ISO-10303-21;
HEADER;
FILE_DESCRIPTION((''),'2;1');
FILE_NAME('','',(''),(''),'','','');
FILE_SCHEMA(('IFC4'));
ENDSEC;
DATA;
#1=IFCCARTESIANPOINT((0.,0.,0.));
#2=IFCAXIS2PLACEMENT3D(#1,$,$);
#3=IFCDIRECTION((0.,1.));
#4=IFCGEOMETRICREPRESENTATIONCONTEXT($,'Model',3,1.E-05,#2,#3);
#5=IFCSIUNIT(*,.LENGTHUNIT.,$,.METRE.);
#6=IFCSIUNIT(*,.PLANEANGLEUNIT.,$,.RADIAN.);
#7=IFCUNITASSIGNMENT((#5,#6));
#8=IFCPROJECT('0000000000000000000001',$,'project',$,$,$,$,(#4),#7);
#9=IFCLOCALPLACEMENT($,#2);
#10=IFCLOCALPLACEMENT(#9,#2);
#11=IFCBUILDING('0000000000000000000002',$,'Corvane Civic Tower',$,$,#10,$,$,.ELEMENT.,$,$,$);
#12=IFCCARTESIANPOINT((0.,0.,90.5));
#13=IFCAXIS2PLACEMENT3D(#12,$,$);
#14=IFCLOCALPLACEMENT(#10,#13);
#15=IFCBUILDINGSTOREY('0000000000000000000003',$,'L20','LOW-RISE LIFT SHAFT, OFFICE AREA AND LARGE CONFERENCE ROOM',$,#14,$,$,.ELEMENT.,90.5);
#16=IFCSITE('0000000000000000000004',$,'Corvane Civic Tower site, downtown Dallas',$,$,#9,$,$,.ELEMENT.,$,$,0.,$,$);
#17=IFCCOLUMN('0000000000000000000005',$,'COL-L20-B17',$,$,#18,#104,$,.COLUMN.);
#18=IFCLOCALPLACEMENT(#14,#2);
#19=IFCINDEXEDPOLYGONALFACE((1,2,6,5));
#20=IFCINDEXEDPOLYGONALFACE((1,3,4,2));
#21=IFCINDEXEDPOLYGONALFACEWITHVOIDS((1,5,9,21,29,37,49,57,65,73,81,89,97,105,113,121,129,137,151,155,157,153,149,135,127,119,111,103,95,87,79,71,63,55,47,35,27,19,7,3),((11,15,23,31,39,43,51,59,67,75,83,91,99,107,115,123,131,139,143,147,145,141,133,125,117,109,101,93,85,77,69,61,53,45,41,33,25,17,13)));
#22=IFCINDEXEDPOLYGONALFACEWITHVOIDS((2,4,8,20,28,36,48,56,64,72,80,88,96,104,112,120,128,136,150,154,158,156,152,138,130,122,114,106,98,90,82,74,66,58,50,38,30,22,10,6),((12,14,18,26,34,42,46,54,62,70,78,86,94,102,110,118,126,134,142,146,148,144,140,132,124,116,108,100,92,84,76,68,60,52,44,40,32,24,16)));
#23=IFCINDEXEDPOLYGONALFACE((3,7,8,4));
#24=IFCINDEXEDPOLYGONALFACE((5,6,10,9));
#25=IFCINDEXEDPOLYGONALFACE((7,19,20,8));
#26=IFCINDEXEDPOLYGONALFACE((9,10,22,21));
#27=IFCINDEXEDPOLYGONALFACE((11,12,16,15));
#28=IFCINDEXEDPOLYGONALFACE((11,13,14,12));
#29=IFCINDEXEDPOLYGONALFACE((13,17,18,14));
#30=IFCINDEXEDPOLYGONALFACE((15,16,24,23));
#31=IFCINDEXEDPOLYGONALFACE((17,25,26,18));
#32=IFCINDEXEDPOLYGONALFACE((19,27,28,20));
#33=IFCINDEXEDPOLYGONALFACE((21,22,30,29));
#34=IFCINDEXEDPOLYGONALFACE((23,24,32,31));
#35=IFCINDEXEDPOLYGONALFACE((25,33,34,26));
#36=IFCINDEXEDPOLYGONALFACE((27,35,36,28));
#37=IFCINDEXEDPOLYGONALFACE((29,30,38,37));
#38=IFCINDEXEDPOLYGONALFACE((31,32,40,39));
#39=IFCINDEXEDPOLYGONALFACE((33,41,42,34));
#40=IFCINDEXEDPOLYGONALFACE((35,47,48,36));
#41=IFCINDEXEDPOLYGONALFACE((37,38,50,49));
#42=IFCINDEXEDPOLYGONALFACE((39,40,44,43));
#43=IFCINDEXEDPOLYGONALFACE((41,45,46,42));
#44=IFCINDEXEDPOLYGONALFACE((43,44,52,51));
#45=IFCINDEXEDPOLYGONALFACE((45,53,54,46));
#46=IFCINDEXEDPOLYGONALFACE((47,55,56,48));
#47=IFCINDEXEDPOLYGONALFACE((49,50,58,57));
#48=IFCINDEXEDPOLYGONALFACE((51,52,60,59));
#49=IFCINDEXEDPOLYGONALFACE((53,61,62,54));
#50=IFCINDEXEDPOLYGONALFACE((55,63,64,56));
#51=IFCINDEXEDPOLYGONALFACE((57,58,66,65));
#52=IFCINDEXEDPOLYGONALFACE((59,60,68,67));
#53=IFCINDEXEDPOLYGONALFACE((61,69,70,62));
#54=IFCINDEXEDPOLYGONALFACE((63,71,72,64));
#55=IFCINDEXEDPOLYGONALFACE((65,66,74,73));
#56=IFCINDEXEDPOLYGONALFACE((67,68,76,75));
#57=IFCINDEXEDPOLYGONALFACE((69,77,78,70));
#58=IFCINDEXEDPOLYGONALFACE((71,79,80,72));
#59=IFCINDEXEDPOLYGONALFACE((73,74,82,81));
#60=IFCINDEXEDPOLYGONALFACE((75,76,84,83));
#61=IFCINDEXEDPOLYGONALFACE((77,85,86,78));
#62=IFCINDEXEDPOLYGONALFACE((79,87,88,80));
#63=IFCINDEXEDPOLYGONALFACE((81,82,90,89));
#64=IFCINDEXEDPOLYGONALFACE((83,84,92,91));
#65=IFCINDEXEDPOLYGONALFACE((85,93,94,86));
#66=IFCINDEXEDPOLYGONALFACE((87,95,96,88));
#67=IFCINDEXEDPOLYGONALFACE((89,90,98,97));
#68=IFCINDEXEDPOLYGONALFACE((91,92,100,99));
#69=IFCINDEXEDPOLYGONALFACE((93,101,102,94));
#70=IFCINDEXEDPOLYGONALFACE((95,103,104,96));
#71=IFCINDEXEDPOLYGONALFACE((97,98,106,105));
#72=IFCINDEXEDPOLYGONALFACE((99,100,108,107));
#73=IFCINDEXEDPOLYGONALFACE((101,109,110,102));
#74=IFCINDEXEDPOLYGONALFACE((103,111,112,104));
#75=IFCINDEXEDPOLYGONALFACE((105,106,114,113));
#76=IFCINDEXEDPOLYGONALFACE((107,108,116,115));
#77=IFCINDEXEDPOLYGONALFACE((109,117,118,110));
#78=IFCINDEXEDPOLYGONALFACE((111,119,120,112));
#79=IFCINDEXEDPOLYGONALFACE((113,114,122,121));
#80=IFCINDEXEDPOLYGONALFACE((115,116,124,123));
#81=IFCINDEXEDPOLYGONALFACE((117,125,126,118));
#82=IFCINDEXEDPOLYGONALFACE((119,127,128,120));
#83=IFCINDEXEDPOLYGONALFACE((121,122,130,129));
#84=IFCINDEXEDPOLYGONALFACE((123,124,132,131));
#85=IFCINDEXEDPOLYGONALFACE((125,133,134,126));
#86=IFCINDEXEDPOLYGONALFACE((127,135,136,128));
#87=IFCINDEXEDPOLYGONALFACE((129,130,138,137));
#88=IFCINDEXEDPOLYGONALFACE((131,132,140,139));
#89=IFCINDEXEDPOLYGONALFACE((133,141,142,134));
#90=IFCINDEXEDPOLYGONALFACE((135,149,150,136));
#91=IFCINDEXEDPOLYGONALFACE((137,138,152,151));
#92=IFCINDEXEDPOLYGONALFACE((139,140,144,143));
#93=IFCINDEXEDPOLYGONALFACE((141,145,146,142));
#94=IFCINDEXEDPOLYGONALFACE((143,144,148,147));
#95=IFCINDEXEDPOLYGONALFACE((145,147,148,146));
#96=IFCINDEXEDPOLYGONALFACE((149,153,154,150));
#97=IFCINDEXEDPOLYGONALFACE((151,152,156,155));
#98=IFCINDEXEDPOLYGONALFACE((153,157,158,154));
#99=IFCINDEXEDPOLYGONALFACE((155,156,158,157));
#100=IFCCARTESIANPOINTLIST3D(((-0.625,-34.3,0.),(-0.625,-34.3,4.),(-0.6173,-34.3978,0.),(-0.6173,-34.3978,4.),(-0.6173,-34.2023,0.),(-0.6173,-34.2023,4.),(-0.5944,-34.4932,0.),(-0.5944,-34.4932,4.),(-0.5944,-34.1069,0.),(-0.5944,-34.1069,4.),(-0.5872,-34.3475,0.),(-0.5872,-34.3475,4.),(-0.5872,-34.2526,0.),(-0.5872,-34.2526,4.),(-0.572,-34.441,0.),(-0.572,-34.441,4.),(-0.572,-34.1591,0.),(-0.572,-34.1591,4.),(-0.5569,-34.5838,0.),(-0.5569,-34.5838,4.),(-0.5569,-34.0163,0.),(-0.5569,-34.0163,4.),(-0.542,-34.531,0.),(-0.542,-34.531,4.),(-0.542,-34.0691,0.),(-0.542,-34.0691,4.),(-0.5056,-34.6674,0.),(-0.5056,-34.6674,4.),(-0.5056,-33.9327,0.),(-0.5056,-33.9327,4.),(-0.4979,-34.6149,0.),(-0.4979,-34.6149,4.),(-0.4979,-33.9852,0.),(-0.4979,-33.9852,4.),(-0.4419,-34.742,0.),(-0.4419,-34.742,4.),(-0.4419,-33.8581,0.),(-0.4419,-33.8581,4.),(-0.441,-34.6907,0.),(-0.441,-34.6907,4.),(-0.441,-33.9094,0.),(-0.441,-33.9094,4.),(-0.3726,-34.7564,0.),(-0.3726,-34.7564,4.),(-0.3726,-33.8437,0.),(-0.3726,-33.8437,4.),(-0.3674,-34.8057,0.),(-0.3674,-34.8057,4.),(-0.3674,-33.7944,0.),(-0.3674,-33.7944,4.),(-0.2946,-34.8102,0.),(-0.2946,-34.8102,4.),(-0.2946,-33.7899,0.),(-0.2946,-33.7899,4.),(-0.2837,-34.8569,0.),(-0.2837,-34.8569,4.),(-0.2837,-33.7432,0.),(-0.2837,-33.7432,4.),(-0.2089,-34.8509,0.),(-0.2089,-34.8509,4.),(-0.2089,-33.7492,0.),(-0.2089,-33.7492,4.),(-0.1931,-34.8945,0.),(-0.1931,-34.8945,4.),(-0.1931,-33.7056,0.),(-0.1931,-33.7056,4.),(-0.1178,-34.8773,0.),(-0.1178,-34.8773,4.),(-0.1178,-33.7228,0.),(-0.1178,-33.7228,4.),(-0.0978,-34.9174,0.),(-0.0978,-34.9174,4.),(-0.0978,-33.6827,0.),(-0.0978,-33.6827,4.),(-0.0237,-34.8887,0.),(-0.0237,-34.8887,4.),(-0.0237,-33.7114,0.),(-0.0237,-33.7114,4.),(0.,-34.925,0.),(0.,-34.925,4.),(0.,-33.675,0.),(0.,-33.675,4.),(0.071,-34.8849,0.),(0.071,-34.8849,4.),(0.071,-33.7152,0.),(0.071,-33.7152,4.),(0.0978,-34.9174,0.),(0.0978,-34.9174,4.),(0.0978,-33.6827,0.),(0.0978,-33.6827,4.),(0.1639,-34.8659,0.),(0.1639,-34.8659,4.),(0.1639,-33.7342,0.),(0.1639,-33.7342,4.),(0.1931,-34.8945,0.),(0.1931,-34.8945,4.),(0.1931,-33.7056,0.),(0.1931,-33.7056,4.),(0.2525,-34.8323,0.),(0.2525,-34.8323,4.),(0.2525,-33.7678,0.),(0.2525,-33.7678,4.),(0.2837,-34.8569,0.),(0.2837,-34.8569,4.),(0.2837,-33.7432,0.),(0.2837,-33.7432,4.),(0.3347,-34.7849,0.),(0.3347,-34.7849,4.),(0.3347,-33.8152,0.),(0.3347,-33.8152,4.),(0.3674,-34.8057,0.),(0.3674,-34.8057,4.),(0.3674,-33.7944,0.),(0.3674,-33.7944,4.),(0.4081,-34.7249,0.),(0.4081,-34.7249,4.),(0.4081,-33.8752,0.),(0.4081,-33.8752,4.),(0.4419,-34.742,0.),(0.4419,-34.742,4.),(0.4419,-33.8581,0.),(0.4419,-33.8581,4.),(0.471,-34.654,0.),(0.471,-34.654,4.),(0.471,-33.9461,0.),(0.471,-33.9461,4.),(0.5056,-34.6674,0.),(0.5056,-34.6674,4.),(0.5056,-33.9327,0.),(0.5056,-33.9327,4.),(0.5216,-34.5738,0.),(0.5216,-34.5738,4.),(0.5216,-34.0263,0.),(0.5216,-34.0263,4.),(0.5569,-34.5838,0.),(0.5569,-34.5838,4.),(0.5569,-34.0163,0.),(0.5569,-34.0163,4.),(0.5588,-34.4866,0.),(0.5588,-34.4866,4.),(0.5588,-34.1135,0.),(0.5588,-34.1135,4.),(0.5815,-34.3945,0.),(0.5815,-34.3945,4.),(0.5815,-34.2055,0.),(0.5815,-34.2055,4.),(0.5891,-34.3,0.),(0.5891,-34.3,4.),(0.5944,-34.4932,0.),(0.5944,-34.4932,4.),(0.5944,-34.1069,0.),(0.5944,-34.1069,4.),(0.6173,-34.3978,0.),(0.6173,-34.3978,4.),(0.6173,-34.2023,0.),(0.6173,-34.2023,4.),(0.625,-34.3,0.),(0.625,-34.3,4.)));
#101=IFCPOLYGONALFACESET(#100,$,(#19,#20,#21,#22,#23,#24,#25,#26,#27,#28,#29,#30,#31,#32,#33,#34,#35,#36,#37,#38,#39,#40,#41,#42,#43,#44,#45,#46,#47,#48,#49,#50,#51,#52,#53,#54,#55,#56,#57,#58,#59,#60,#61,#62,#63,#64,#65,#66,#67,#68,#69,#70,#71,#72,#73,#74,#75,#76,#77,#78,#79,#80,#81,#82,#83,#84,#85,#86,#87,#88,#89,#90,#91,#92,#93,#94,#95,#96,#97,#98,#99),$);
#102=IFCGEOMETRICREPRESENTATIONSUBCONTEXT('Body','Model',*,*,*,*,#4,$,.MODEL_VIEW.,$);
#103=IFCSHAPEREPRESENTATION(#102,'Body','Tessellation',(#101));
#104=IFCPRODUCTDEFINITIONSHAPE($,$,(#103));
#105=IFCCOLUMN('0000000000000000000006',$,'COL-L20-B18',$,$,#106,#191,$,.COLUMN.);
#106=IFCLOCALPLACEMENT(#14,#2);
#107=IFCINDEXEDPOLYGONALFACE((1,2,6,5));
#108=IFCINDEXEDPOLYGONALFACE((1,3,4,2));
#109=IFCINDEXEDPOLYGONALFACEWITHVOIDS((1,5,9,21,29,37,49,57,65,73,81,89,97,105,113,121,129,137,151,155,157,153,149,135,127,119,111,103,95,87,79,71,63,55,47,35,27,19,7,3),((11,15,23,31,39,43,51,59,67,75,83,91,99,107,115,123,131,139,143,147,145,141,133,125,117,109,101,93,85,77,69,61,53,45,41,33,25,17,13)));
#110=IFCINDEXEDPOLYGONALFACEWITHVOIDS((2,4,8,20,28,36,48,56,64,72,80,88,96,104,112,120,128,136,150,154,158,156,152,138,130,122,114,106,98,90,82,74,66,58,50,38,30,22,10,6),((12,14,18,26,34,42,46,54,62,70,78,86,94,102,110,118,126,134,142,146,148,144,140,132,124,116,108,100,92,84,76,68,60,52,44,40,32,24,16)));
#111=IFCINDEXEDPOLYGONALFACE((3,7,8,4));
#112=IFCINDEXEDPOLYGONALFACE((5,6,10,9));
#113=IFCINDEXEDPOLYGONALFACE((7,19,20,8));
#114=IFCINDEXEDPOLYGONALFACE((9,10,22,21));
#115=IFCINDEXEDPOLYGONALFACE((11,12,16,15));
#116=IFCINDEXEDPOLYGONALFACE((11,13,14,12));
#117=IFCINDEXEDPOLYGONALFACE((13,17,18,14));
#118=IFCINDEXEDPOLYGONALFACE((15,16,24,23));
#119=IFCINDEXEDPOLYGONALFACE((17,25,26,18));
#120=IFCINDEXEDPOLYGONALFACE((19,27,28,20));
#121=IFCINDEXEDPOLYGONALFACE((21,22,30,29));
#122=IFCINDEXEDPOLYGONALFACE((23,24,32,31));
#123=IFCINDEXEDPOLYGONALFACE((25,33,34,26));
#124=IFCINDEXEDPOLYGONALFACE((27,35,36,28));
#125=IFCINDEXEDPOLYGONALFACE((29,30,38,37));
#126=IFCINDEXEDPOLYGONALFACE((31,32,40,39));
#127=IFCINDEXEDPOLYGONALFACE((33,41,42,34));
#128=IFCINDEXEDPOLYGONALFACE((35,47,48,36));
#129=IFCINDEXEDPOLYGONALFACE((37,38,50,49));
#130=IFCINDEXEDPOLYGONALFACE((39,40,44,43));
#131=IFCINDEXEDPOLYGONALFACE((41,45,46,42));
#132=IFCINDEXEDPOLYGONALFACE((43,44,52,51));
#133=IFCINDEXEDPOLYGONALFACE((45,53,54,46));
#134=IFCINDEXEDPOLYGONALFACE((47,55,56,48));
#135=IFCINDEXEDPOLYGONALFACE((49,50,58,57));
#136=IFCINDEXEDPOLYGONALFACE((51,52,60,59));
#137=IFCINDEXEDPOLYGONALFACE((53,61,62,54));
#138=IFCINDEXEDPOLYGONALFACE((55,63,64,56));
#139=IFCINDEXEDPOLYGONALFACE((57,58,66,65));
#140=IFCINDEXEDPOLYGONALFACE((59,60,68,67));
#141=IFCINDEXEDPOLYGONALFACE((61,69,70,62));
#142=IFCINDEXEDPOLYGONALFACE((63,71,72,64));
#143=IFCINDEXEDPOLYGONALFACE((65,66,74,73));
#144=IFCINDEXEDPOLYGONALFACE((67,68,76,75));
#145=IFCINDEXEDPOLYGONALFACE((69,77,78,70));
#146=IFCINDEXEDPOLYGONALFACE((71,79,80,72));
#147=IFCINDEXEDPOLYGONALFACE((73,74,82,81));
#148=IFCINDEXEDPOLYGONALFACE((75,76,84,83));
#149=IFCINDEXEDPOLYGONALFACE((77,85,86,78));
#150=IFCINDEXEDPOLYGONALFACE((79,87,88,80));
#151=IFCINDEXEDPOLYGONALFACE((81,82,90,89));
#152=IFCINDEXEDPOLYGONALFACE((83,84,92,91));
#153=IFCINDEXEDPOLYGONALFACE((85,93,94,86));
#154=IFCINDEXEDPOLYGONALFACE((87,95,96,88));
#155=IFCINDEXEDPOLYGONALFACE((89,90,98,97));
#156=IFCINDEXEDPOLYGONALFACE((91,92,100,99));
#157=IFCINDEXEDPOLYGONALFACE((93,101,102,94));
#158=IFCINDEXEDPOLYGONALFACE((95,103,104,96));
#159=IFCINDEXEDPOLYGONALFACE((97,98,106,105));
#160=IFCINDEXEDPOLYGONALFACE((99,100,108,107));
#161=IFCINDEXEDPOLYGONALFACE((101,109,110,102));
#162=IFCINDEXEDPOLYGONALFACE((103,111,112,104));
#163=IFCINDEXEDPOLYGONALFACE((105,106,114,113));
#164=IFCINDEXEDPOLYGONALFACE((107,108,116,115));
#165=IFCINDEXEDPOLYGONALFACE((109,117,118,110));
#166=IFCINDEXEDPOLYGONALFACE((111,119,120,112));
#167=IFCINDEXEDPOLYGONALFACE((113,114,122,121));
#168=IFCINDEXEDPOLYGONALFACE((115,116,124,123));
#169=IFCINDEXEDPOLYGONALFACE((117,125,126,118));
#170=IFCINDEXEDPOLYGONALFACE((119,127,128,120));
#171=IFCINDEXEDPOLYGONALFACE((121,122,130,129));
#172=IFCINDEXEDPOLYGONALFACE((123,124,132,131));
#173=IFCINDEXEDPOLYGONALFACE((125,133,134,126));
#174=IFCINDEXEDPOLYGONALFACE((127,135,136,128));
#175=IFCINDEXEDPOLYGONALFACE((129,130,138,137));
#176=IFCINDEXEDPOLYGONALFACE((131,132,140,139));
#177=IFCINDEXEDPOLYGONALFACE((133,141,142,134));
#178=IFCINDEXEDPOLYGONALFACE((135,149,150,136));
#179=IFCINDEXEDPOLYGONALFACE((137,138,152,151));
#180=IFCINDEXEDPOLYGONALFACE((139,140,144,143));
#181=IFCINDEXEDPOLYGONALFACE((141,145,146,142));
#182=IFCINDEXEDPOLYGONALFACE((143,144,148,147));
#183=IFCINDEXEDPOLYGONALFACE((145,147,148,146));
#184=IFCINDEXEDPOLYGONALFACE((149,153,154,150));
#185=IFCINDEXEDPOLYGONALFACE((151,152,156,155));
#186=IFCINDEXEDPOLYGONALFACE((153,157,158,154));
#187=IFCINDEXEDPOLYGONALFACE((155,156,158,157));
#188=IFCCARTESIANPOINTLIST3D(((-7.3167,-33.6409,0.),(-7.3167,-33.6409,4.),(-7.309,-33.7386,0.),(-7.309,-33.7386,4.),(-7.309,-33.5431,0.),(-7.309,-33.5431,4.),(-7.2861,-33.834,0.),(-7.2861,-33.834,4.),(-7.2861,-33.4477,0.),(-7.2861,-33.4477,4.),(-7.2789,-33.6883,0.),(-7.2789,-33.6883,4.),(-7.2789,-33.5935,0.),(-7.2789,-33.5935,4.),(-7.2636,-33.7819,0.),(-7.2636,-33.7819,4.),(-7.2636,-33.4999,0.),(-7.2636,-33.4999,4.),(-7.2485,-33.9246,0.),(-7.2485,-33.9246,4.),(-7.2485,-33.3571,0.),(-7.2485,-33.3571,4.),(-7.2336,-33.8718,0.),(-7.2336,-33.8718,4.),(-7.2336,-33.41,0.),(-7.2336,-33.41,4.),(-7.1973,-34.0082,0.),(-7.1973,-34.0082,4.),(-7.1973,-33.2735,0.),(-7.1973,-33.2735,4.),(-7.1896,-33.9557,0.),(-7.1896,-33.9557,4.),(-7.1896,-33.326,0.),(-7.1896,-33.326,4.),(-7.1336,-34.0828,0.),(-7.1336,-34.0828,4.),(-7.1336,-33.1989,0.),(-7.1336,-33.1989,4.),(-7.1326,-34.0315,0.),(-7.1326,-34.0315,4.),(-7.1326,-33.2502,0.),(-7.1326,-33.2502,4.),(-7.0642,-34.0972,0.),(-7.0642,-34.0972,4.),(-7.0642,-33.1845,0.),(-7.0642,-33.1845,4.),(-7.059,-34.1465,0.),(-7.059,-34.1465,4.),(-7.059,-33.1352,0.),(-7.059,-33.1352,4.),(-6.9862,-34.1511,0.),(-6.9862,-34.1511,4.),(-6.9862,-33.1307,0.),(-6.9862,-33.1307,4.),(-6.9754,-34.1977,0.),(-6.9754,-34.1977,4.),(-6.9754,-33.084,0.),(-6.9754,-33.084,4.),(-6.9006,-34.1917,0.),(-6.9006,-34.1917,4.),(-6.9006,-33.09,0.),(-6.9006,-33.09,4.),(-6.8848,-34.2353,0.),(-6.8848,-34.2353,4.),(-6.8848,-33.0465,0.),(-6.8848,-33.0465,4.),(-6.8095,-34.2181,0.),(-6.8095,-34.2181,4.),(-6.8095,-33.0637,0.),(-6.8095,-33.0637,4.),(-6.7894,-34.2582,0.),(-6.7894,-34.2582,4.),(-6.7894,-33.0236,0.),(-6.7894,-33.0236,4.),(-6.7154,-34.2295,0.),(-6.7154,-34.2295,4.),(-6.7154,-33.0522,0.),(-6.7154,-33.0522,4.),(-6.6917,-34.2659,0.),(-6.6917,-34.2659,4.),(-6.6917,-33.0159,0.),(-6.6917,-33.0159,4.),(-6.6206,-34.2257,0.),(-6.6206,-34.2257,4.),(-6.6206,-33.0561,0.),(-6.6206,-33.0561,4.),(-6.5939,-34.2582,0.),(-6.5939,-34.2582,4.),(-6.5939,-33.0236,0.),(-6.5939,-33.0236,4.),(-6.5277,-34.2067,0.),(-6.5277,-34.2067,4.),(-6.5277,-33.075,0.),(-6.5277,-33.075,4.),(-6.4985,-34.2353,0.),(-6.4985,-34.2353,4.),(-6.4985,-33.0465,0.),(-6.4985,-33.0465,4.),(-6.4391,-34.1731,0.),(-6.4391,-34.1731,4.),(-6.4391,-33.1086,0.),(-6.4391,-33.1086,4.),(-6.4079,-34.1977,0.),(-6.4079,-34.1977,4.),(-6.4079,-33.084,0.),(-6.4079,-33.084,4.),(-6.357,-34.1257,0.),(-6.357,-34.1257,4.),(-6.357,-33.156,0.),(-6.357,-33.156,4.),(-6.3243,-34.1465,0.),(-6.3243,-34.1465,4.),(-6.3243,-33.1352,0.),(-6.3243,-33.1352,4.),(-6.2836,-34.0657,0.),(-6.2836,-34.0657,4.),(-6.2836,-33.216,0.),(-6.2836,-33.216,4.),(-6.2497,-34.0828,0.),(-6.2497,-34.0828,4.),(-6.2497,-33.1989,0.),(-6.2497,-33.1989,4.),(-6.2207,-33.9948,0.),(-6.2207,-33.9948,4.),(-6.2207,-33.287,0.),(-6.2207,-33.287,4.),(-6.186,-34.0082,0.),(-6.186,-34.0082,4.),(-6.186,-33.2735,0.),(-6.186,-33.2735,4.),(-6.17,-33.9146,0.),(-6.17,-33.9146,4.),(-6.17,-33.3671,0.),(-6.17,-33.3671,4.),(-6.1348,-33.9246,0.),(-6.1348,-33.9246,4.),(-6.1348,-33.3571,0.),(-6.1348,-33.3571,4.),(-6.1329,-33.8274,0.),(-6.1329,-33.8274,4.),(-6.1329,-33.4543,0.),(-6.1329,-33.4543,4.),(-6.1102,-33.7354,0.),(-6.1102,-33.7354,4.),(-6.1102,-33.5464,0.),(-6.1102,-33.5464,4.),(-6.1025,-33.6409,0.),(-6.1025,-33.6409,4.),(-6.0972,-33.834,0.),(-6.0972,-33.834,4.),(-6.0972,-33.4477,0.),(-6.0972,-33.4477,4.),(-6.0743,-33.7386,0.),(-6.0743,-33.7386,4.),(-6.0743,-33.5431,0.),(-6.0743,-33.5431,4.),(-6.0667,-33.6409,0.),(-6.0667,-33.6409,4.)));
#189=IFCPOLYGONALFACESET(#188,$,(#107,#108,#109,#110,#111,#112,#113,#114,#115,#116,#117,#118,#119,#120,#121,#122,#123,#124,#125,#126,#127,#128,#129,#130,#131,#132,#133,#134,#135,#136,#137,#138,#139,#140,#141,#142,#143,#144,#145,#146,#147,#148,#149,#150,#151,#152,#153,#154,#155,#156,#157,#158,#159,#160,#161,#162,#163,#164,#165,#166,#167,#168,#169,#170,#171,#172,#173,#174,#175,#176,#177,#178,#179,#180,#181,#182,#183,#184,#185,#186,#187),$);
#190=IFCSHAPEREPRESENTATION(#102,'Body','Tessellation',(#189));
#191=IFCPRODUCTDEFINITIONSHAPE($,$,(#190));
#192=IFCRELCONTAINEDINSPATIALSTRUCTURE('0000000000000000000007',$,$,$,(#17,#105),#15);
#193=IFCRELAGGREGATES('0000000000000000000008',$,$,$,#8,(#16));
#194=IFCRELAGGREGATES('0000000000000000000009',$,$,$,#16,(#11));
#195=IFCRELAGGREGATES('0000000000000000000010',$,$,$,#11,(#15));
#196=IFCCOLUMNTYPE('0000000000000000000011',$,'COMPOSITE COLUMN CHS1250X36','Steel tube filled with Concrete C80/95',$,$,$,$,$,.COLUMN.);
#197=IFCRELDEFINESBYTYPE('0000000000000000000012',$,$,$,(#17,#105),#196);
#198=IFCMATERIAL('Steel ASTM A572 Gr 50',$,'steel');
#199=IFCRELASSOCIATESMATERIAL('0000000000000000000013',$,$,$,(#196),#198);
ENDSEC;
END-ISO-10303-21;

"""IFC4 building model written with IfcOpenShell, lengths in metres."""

from ifc_helpers import new_model, si_unit, direction, frame, origin, origin_2d, place, context, subcontext, project, spatial, hollow_circle, extrude, material, material_profile, profile_set, type_object, element, save


model = new_model("IFC4")

# Units and contexts
model_context = context("Model", 3, precision=1e-05, world=origin(), true_north=direction((0.0, 1.0)))
body_context = subcontext(model_context, "Body", "Model", "MODEL_VIEW")
ifc_project = project(units=[si_unit("LENGTHUNIT", "METRE"), si_unit("PLANEANGLEUNIT", "RADIAN")], contexts=[model_context])

# Site, building, storey
site_placement = place(None, origin())
site = spatial("IfcSite", under=ifc_project, at=site_placement, Name="Corvane Civic Tower site, downtown Dallas", CompositionType="ELEMENT", RefElevation=0.0)
building_placement = place(site_placement, origin())
building = spatial("IfcBuilding", under=site, at=building_placement, Name="Corvane Civic Tower", CompositionType="ELEMENT")
storey_placement = place(building_placement, frame((0.0, 0.0, 90.5)))
storey = spatial("IfcBuildingStorey", under=building, at=storey_placement, Name="L20", Description="LOW-RISE LIFT SHAFT, OFFICE AREA AND LARGE CONFERENCE ROOM", CompositionType="ELEMENT", Elevation=90.5)

# Columns
ifc_material_1 = material(Name="Steel ASTM A572 Gr 50", Category="steel")
ifc_material_profile_1 = material_profile(ifc_material_1, hollow_circle(Radius=0.625, WallThickness=0.0359, at=origin_2d()), Name="CHS1250X36")
ifc_profile_set_1 = profile_set([ifc_material_profile_1], Name="Steel ASTM A572 Gr 50")
column_type = type_object("IfcColumnType", Name="COMPOSITE COLUMN CHS1250X36", Description="Steel tube filled with Concrete C80/95", PredefinedType="COLUMN", material=ifc_profile_set_1)
for number, where, z_axis, x_axis, name in (
    (1, (0.0, -34.3, 0.0), (0.0, 0.0, 1.0), (1.0, 0.0, 0.0), "COL-L20-B17"),
    (2, (-6.6917, -33.6409, 0.0), (0.0, 0.0, 1.0), (1.0, 0.0, 0.0), "COL-L20-B18"),
):
    element("IfcColumn", number, at=place(storey_placement, frame(where, z_axis=z_axis, x_axis=x_axis)), inside=storey, type_object=column_type, Name=name, PredefinedType="COLUMN", context=body_context, shape_type="SweptSolid", body=[
        extrude(hollow_circle(Radius=0.625, WallThickness=0.0359, at=origin_2d()), origin(), (0.0, 0.0, 1.0), 4.0),
    ])

save(model, "model.ifc")
